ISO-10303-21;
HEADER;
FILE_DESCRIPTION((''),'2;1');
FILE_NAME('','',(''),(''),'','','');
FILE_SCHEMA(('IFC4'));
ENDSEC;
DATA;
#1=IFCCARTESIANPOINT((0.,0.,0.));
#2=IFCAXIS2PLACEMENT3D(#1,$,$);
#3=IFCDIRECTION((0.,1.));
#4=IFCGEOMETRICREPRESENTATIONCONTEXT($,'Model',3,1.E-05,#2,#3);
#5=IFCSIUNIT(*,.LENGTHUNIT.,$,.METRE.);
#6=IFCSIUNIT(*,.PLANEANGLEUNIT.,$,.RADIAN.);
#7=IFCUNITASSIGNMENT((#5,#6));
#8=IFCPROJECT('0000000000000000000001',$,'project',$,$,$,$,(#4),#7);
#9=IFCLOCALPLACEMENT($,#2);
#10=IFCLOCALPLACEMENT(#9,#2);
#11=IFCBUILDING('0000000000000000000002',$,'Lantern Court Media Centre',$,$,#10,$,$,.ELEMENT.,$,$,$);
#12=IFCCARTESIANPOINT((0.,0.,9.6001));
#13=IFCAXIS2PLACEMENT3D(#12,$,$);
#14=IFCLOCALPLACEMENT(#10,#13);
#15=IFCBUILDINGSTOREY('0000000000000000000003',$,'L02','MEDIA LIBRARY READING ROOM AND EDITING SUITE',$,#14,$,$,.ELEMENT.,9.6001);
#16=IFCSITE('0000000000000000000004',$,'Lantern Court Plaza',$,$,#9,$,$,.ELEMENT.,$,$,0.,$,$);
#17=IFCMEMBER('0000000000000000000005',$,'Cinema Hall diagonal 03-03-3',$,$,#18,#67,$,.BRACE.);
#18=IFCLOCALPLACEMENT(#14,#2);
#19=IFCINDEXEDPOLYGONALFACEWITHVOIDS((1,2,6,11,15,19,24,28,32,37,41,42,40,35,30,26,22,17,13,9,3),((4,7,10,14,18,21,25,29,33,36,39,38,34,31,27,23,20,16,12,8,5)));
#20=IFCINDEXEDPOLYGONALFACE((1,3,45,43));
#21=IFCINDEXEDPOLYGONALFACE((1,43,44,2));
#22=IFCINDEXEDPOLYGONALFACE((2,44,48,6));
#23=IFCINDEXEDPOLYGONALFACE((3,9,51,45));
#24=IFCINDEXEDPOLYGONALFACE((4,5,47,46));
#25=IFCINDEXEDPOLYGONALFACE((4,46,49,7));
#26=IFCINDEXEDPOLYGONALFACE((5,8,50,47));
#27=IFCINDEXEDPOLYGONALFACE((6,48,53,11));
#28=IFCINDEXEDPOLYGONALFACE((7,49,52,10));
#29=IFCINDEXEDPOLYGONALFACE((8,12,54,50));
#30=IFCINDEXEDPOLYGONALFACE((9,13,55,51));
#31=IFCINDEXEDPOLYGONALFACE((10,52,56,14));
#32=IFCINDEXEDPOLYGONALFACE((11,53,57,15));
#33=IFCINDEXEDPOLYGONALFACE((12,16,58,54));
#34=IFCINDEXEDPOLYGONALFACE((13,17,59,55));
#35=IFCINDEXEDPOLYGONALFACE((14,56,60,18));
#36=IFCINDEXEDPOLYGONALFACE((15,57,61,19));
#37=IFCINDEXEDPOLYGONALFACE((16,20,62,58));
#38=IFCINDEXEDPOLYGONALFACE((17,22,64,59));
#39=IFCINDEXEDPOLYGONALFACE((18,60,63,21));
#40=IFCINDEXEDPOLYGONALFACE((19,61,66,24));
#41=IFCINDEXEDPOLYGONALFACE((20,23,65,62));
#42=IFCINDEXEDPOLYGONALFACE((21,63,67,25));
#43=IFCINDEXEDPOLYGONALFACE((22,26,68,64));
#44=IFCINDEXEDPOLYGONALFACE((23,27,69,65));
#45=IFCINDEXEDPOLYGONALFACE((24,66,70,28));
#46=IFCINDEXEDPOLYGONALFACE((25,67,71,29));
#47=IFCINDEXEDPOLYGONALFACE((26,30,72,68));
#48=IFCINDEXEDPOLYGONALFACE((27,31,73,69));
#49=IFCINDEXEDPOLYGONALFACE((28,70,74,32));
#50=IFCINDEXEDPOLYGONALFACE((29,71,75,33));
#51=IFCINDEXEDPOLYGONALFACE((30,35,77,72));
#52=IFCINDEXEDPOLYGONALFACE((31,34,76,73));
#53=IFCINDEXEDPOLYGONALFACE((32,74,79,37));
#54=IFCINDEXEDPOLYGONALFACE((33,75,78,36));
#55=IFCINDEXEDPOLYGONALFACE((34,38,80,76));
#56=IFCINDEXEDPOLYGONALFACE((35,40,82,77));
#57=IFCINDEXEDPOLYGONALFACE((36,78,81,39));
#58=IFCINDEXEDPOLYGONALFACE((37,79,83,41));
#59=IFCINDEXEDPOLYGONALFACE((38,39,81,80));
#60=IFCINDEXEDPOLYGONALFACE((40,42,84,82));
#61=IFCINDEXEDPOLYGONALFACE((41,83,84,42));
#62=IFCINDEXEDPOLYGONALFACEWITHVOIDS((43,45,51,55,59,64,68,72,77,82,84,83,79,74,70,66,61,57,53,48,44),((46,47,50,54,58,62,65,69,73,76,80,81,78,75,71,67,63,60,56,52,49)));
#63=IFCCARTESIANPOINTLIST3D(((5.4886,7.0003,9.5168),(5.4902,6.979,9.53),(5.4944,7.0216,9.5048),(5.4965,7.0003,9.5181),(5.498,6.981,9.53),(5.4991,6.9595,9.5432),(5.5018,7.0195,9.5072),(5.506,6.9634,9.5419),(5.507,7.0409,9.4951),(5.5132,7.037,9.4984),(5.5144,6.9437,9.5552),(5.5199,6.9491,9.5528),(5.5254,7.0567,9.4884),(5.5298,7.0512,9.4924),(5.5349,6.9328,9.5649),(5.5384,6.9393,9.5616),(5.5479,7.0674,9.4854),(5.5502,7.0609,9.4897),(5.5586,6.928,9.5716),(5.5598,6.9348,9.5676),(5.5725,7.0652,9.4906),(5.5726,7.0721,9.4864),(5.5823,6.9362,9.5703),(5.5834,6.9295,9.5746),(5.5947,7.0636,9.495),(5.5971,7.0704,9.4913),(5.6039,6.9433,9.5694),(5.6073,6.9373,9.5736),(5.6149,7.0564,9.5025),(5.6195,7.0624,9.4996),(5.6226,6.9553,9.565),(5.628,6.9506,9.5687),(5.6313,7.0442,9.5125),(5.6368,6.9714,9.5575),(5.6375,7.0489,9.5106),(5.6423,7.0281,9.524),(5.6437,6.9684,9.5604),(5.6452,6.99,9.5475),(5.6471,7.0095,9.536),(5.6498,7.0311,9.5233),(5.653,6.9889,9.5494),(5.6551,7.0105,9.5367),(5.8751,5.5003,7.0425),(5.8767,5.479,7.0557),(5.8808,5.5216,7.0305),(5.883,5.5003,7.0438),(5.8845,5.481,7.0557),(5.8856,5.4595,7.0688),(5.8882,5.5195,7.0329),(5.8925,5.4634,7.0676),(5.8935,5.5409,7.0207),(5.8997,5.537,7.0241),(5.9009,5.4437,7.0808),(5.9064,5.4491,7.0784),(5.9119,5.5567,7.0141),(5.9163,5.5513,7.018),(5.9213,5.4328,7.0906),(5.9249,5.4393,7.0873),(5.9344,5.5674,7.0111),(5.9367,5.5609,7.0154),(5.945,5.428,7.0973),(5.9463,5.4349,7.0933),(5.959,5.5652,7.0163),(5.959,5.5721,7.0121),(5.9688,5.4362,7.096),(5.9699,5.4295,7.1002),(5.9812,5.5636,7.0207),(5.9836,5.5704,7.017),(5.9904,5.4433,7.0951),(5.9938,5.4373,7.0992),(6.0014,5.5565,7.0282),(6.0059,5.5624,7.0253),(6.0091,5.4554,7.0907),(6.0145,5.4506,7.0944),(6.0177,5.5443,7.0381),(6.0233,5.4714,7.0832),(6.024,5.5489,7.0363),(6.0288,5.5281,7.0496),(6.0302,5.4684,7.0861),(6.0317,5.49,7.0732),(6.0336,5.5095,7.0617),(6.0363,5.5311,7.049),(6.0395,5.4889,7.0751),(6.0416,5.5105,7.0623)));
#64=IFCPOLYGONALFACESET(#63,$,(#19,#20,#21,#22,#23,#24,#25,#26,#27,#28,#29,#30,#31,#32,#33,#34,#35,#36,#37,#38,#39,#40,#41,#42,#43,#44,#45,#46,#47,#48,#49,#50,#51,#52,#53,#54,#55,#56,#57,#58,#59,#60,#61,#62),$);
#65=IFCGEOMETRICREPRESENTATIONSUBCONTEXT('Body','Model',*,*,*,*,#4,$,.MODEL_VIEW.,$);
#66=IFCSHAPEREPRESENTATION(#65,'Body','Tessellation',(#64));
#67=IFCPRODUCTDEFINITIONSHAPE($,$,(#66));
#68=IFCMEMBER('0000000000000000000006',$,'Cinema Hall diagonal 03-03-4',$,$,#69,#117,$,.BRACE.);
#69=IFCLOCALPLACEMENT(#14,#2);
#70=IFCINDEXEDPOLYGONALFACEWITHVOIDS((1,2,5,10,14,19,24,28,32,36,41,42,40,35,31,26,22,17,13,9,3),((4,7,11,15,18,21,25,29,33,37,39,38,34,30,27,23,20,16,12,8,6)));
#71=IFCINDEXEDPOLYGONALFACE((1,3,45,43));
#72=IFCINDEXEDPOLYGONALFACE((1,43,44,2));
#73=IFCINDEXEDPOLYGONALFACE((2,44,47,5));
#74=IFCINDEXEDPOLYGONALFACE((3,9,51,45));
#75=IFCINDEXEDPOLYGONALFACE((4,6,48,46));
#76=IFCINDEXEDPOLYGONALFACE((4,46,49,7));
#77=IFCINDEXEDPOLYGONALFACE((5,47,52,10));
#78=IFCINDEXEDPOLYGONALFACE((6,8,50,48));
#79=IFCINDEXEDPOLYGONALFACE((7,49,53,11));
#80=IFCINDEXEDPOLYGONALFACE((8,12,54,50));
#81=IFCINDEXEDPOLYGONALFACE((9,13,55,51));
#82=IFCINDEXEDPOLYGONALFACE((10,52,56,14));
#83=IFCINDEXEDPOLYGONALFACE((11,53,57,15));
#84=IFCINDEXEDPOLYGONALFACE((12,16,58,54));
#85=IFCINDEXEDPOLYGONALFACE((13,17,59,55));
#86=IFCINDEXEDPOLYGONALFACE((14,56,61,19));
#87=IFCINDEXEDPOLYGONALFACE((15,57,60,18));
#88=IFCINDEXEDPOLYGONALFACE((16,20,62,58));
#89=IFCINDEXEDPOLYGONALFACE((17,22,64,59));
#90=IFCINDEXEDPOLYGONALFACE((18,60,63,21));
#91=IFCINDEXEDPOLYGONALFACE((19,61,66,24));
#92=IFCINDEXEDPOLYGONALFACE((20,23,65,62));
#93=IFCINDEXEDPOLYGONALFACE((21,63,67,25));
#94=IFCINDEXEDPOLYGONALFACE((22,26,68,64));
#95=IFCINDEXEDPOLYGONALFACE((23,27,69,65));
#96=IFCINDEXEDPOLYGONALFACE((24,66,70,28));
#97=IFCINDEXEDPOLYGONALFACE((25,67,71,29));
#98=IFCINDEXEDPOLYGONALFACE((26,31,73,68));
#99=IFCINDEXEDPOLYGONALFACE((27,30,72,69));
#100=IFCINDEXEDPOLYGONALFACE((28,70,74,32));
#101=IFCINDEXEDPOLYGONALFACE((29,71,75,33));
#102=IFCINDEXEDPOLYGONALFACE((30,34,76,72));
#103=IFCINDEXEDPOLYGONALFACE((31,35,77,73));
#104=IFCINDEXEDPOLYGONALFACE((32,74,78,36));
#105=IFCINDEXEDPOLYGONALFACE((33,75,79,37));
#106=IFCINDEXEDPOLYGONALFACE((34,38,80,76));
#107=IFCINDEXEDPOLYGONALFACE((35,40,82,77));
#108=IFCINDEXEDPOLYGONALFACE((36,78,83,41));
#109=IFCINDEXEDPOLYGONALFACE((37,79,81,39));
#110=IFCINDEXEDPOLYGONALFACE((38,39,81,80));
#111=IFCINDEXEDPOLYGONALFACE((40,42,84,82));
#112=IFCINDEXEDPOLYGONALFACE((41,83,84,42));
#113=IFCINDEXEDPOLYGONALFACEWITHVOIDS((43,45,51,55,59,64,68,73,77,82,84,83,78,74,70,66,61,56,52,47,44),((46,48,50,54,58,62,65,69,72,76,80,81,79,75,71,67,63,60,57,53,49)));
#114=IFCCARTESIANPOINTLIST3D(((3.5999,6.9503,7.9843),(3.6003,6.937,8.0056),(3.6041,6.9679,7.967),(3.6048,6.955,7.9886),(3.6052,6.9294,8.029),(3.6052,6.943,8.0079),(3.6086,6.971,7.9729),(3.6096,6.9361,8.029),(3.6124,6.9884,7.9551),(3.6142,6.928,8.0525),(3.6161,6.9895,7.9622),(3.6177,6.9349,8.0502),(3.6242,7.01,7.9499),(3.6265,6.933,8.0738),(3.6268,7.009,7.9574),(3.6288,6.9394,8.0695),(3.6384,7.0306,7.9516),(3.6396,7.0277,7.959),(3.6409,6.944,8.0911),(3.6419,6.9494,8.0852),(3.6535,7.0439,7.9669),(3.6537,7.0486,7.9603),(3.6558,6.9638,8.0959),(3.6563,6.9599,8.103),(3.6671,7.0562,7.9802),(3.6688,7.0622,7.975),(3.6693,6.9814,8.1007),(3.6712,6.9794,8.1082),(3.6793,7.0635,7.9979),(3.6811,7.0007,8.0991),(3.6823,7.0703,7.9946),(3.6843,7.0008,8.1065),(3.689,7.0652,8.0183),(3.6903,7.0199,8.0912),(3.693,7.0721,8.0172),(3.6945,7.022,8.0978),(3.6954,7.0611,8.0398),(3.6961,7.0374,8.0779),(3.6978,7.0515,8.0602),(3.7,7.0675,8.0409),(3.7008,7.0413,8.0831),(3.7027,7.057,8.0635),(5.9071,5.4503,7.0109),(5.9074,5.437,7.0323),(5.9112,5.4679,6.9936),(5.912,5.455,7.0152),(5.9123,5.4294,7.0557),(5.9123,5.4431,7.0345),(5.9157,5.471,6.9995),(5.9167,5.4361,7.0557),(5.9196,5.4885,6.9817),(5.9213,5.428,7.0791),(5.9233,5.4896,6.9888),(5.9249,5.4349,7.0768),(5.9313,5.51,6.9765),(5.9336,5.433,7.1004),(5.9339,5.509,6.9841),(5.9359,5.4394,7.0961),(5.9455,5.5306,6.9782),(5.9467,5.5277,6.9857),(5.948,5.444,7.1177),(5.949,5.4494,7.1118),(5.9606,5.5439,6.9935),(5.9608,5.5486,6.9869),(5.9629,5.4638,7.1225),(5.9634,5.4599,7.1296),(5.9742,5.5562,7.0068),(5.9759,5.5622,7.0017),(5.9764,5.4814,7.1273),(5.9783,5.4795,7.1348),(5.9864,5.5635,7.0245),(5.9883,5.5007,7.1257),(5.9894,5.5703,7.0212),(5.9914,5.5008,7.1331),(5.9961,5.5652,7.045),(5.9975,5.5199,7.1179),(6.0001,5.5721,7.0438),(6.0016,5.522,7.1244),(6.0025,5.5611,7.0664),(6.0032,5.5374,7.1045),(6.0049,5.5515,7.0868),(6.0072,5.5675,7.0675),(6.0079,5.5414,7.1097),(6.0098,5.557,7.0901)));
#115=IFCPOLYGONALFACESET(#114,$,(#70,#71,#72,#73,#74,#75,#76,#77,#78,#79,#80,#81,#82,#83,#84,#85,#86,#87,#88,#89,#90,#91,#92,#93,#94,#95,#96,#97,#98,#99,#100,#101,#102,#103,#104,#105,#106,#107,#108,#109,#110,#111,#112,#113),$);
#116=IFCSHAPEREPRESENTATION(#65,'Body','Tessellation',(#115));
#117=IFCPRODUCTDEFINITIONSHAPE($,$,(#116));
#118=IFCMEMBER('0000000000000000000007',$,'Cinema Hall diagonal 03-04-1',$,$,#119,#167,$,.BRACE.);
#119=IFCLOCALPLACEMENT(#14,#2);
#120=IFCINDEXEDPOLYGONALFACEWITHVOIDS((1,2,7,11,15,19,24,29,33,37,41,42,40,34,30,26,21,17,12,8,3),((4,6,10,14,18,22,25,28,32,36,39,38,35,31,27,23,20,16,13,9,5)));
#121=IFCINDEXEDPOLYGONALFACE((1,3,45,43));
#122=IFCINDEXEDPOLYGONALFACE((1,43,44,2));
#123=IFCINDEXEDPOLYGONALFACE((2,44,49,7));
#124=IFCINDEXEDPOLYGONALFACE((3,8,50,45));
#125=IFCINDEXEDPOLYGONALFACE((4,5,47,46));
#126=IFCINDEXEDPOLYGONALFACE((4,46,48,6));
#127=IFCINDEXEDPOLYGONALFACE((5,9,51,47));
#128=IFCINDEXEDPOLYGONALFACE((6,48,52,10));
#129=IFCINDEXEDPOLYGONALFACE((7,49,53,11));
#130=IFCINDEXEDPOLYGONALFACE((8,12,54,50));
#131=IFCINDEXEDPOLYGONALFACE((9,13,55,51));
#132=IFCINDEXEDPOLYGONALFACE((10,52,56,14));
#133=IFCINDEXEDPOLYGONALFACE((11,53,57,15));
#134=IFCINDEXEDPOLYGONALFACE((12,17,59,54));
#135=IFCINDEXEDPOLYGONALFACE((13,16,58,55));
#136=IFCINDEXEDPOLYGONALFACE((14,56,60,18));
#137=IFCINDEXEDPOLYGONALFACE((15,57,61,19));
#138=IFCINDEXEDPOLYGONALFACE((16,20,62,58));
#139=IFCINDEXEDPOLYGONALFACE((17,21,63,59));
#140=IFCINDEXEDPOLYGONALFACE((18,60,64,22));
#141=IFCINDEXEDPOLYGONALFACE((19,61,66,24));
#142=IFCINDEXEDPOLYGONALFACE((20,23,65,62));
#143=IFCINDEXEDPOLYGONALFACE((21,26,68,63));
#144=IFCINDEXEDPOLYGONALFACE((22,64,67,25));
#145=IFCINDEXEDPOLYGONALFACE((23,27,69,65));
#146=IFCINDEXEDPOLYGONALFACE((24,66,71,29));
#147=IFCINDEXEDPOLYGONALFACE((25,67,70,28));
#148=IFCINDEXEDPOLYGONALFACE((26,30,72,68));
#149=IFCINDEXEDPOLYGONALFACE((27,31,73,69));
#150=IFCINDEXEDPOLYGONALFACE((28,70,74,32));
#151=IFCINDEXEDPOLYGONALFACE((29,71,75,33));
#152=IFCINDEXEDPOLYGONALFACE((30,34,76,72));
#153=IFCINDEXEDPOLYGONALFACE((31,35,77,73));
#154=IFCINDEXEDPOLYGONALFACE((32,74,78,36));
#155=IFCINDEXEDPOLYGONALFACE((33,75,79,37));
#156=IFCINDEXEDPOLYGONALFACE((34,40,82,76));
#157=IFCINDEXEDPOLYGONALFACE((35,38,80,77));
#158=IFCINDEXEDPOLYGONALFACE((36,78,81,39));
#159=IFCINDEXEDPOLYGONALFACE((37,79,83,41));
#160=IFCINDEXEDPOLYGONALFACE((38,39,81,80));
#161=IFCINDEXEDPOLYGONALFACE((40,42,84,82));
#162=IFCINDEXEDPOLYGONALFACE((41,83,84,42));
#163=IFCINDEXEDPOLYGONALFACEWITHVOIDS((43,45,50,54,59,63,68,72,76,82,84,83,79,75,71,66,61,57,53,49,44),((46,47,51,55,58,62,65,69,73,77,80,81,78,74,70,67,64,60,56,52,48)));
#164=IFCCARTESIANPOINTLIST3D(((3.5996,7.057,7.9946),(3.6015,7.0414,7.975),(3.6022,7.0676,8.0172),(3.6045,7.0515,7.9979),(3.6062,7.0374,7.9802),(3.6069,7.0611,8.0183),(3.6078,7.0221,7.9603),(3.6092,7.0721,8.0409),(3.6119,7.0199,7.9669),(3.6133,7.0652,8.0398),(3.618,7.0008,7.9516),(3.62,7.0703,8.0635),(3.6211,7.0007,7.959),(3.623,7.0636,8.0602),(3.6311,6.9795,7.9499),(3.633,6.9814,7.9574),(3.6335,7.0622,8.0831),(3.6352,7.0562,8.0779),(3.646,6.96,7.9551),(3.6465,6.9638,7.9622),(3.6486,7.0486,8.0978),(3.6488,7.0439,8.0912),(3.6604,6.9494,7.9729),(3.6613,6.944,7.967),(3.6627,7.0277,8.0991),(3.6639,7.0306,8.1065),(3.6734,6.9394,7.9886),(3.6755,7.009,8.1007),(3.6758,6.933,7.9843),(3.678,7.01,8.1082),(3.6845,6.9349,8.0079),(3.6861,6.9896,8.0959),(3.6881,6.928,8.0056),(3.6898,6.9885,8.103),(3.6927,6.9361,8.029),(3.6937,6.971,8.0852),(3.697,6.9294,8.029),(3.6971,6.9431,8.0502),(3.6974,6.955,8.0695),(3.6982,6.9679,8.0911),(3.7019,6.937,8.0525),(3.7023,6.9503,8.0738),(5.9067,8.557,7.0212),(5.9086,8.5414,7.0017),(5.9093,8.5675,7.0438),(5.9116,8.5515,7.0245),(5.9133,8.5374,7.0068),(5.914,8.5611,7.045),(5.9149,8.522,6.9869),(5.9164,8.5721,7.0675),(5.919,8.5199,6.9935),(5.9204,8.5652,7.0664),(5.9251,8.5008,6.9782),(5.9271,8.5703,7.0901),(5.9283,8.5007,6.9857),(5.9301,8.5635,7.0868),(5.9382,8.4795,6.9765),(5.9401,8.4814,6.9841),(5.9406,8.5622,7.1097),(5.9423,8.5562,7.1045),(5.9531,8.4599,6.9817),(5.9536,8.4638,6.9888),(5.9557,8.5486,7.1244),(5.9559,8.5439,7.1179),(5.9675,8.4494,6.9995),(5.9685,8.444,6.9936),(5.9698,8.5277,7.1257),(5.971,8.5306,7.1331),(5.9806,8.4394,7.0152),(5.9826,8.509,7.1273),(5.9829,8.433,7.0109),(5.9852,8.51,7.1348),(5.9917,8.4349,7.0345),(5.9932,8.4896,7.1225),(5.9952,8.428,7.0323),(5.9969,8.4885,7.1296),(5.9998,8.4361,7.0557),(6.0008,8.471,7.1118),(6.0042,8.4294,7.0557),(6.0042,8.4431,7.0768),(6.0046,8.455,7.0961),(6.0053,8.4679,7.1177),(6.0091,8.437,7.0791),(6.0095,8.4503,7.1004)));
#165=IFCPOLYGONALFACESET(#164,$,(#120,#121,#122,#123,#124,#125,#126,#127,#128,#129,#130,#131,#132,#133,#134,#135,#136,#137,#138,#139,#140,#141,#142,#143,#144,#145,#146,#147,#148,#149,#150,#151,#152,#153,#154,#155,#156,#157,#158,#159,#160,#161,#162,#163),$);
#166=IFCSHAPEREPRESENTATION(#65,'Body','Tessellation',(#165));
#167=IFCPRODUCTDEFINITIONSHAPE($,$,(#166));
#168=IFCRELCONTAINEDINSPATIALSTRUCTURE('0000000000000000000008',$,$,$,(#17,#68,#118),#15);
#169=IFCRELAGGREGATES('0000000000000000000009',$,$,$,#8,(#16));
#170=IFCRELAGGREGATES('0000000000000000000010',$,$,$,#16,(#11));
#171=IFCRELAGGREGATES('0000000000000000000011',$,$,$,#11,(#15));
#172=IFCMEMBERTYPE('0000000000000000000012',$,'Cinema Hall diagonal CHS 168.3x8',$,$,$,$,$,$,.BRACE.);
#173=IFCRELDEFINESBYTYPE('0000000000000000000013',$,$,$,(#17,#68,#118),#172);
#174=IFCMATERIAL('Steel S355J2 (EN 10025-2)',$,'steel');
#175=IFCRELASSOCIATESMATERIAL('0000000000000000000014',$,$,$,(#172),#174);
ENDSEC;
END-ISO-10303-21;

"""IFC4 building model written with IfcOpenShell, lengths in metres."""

from ifc_helpers import new_model, si_unit, direction, frame, origin, origin_2d, place, context, subcontext, project, spatial, hollow_circle, extrude, material, material_profile, profile_set, type_object, element, save


model = new_model("IFC4")

# Units and contexts
model_context = context("Model", 3, precision=1e-05, world=origin(), true_north=direction((0.0, 1.0)))
body_context = subcontext(model_context, "Body", "Model", "MODEL_VIEW")
ifc_project = project(units=[si_unit("LENGTHUNIT", "METRE"), si_unit("PLANEANGLEUNIT", "RADIAN")], contexts=[model_context])

# Site, building, storey
site_placement = place(None, origin())
site = spatial("IfcSite", under=ifc_project, at=site_placement, Name="Lantern Court Plaza", CompositionType="ELEMENT", RefElevation=0.0)
building_placement = place(site_placement, origin())
building = spatial("IfcBuilding", under=site, at=building_placement, Name="Lantern Court Media Centre", CompositionType="ELEMENT")
storey_placement = place(building_placement, frame((0.0, 0.0, 9.6001)))
storey = spatial("IfcBuildingStorey", under=building, at=storey_placement, Name="L02", Description="MEDIA LIBRARY READING ROOM AND EDITING SUITE", CompositionType="ELEMENT", Elevation=9.6001)

# Members
ifc_material = material(Name="Steel S355J2 (EN 10025-2)", Category="steel")
ifc_material_profile_1 = material_profile(ifc_material, hollow_circle(Radius=0.0842, WallThickness=0.0081, at=origin_2d()), Name="Cinema Hall diagonal CHS 168.3x8")
ifc_profile_set_1 = profile_set([ifc_material_profile_1], Name="Steel S355J2 (EN 10025-2)")
member_type_1 = type_object("IfcMemberType", Name="Cinema Hall diagonal CHS 168.3x8", PredefinedType="BRACE", material=ifc_profile_set_1)
for number, where, z_axis, x_axis, name in (
    (1, (5.9583, 5.5, 7.0557), (-0.13239, 0.513836, 0.847612), (-0.968374, -0.249501, 0.0), "Cinema Hall diagonal 03-03-3"),
):
    element("IfcMember", number, at=place(storey_placement, frame(where, z_axis=z_axis, x_axis=x_axis)), inside=storey, type_object=member_type_1, Name=name, PredefinedType="BRACE", context=body_context, shape_type="SweptSolid", body=[
        extrude(hollow_circle(Radius=0.0842, WallThickness=0.0081, at=origin_2d()), origin(), (0.0, 0.0, 1.0), 2.9192),
    ])
for number, where, z_axis, x_axis, name in (
    (2, (5.9583, 5.5, 7.0557), (-0.790394, 0.513882, 0.333471), (-0.545082, -0.838383, 0.0), "Cinema Hall diagonal 03-03-4"),
    (3, (5.9583, 8.5, 7.0557), (-0.790394, -0.513882, 0.333471), (0.545082, -0.838383, 0.0), "Cinema Hall diagonal 03-04-1"),
):
    element("IfcMember", number, at=place(storey_placement, frame(where, z_axis=z_axis, x_axis=x_axis)), inside=storey, type_object=member_type_1, Name=name, PredefinedType="BRACE", context=body_context, shape_type="SweptSolid", body=[
        extrude(hollow_circle(Radius=0.0842, WallThickness=0.0081, at=origin_2d()), origin(), (0.0, 0.0, 1.0), 2.9189),
    ])

save(model, "model.ifc")
